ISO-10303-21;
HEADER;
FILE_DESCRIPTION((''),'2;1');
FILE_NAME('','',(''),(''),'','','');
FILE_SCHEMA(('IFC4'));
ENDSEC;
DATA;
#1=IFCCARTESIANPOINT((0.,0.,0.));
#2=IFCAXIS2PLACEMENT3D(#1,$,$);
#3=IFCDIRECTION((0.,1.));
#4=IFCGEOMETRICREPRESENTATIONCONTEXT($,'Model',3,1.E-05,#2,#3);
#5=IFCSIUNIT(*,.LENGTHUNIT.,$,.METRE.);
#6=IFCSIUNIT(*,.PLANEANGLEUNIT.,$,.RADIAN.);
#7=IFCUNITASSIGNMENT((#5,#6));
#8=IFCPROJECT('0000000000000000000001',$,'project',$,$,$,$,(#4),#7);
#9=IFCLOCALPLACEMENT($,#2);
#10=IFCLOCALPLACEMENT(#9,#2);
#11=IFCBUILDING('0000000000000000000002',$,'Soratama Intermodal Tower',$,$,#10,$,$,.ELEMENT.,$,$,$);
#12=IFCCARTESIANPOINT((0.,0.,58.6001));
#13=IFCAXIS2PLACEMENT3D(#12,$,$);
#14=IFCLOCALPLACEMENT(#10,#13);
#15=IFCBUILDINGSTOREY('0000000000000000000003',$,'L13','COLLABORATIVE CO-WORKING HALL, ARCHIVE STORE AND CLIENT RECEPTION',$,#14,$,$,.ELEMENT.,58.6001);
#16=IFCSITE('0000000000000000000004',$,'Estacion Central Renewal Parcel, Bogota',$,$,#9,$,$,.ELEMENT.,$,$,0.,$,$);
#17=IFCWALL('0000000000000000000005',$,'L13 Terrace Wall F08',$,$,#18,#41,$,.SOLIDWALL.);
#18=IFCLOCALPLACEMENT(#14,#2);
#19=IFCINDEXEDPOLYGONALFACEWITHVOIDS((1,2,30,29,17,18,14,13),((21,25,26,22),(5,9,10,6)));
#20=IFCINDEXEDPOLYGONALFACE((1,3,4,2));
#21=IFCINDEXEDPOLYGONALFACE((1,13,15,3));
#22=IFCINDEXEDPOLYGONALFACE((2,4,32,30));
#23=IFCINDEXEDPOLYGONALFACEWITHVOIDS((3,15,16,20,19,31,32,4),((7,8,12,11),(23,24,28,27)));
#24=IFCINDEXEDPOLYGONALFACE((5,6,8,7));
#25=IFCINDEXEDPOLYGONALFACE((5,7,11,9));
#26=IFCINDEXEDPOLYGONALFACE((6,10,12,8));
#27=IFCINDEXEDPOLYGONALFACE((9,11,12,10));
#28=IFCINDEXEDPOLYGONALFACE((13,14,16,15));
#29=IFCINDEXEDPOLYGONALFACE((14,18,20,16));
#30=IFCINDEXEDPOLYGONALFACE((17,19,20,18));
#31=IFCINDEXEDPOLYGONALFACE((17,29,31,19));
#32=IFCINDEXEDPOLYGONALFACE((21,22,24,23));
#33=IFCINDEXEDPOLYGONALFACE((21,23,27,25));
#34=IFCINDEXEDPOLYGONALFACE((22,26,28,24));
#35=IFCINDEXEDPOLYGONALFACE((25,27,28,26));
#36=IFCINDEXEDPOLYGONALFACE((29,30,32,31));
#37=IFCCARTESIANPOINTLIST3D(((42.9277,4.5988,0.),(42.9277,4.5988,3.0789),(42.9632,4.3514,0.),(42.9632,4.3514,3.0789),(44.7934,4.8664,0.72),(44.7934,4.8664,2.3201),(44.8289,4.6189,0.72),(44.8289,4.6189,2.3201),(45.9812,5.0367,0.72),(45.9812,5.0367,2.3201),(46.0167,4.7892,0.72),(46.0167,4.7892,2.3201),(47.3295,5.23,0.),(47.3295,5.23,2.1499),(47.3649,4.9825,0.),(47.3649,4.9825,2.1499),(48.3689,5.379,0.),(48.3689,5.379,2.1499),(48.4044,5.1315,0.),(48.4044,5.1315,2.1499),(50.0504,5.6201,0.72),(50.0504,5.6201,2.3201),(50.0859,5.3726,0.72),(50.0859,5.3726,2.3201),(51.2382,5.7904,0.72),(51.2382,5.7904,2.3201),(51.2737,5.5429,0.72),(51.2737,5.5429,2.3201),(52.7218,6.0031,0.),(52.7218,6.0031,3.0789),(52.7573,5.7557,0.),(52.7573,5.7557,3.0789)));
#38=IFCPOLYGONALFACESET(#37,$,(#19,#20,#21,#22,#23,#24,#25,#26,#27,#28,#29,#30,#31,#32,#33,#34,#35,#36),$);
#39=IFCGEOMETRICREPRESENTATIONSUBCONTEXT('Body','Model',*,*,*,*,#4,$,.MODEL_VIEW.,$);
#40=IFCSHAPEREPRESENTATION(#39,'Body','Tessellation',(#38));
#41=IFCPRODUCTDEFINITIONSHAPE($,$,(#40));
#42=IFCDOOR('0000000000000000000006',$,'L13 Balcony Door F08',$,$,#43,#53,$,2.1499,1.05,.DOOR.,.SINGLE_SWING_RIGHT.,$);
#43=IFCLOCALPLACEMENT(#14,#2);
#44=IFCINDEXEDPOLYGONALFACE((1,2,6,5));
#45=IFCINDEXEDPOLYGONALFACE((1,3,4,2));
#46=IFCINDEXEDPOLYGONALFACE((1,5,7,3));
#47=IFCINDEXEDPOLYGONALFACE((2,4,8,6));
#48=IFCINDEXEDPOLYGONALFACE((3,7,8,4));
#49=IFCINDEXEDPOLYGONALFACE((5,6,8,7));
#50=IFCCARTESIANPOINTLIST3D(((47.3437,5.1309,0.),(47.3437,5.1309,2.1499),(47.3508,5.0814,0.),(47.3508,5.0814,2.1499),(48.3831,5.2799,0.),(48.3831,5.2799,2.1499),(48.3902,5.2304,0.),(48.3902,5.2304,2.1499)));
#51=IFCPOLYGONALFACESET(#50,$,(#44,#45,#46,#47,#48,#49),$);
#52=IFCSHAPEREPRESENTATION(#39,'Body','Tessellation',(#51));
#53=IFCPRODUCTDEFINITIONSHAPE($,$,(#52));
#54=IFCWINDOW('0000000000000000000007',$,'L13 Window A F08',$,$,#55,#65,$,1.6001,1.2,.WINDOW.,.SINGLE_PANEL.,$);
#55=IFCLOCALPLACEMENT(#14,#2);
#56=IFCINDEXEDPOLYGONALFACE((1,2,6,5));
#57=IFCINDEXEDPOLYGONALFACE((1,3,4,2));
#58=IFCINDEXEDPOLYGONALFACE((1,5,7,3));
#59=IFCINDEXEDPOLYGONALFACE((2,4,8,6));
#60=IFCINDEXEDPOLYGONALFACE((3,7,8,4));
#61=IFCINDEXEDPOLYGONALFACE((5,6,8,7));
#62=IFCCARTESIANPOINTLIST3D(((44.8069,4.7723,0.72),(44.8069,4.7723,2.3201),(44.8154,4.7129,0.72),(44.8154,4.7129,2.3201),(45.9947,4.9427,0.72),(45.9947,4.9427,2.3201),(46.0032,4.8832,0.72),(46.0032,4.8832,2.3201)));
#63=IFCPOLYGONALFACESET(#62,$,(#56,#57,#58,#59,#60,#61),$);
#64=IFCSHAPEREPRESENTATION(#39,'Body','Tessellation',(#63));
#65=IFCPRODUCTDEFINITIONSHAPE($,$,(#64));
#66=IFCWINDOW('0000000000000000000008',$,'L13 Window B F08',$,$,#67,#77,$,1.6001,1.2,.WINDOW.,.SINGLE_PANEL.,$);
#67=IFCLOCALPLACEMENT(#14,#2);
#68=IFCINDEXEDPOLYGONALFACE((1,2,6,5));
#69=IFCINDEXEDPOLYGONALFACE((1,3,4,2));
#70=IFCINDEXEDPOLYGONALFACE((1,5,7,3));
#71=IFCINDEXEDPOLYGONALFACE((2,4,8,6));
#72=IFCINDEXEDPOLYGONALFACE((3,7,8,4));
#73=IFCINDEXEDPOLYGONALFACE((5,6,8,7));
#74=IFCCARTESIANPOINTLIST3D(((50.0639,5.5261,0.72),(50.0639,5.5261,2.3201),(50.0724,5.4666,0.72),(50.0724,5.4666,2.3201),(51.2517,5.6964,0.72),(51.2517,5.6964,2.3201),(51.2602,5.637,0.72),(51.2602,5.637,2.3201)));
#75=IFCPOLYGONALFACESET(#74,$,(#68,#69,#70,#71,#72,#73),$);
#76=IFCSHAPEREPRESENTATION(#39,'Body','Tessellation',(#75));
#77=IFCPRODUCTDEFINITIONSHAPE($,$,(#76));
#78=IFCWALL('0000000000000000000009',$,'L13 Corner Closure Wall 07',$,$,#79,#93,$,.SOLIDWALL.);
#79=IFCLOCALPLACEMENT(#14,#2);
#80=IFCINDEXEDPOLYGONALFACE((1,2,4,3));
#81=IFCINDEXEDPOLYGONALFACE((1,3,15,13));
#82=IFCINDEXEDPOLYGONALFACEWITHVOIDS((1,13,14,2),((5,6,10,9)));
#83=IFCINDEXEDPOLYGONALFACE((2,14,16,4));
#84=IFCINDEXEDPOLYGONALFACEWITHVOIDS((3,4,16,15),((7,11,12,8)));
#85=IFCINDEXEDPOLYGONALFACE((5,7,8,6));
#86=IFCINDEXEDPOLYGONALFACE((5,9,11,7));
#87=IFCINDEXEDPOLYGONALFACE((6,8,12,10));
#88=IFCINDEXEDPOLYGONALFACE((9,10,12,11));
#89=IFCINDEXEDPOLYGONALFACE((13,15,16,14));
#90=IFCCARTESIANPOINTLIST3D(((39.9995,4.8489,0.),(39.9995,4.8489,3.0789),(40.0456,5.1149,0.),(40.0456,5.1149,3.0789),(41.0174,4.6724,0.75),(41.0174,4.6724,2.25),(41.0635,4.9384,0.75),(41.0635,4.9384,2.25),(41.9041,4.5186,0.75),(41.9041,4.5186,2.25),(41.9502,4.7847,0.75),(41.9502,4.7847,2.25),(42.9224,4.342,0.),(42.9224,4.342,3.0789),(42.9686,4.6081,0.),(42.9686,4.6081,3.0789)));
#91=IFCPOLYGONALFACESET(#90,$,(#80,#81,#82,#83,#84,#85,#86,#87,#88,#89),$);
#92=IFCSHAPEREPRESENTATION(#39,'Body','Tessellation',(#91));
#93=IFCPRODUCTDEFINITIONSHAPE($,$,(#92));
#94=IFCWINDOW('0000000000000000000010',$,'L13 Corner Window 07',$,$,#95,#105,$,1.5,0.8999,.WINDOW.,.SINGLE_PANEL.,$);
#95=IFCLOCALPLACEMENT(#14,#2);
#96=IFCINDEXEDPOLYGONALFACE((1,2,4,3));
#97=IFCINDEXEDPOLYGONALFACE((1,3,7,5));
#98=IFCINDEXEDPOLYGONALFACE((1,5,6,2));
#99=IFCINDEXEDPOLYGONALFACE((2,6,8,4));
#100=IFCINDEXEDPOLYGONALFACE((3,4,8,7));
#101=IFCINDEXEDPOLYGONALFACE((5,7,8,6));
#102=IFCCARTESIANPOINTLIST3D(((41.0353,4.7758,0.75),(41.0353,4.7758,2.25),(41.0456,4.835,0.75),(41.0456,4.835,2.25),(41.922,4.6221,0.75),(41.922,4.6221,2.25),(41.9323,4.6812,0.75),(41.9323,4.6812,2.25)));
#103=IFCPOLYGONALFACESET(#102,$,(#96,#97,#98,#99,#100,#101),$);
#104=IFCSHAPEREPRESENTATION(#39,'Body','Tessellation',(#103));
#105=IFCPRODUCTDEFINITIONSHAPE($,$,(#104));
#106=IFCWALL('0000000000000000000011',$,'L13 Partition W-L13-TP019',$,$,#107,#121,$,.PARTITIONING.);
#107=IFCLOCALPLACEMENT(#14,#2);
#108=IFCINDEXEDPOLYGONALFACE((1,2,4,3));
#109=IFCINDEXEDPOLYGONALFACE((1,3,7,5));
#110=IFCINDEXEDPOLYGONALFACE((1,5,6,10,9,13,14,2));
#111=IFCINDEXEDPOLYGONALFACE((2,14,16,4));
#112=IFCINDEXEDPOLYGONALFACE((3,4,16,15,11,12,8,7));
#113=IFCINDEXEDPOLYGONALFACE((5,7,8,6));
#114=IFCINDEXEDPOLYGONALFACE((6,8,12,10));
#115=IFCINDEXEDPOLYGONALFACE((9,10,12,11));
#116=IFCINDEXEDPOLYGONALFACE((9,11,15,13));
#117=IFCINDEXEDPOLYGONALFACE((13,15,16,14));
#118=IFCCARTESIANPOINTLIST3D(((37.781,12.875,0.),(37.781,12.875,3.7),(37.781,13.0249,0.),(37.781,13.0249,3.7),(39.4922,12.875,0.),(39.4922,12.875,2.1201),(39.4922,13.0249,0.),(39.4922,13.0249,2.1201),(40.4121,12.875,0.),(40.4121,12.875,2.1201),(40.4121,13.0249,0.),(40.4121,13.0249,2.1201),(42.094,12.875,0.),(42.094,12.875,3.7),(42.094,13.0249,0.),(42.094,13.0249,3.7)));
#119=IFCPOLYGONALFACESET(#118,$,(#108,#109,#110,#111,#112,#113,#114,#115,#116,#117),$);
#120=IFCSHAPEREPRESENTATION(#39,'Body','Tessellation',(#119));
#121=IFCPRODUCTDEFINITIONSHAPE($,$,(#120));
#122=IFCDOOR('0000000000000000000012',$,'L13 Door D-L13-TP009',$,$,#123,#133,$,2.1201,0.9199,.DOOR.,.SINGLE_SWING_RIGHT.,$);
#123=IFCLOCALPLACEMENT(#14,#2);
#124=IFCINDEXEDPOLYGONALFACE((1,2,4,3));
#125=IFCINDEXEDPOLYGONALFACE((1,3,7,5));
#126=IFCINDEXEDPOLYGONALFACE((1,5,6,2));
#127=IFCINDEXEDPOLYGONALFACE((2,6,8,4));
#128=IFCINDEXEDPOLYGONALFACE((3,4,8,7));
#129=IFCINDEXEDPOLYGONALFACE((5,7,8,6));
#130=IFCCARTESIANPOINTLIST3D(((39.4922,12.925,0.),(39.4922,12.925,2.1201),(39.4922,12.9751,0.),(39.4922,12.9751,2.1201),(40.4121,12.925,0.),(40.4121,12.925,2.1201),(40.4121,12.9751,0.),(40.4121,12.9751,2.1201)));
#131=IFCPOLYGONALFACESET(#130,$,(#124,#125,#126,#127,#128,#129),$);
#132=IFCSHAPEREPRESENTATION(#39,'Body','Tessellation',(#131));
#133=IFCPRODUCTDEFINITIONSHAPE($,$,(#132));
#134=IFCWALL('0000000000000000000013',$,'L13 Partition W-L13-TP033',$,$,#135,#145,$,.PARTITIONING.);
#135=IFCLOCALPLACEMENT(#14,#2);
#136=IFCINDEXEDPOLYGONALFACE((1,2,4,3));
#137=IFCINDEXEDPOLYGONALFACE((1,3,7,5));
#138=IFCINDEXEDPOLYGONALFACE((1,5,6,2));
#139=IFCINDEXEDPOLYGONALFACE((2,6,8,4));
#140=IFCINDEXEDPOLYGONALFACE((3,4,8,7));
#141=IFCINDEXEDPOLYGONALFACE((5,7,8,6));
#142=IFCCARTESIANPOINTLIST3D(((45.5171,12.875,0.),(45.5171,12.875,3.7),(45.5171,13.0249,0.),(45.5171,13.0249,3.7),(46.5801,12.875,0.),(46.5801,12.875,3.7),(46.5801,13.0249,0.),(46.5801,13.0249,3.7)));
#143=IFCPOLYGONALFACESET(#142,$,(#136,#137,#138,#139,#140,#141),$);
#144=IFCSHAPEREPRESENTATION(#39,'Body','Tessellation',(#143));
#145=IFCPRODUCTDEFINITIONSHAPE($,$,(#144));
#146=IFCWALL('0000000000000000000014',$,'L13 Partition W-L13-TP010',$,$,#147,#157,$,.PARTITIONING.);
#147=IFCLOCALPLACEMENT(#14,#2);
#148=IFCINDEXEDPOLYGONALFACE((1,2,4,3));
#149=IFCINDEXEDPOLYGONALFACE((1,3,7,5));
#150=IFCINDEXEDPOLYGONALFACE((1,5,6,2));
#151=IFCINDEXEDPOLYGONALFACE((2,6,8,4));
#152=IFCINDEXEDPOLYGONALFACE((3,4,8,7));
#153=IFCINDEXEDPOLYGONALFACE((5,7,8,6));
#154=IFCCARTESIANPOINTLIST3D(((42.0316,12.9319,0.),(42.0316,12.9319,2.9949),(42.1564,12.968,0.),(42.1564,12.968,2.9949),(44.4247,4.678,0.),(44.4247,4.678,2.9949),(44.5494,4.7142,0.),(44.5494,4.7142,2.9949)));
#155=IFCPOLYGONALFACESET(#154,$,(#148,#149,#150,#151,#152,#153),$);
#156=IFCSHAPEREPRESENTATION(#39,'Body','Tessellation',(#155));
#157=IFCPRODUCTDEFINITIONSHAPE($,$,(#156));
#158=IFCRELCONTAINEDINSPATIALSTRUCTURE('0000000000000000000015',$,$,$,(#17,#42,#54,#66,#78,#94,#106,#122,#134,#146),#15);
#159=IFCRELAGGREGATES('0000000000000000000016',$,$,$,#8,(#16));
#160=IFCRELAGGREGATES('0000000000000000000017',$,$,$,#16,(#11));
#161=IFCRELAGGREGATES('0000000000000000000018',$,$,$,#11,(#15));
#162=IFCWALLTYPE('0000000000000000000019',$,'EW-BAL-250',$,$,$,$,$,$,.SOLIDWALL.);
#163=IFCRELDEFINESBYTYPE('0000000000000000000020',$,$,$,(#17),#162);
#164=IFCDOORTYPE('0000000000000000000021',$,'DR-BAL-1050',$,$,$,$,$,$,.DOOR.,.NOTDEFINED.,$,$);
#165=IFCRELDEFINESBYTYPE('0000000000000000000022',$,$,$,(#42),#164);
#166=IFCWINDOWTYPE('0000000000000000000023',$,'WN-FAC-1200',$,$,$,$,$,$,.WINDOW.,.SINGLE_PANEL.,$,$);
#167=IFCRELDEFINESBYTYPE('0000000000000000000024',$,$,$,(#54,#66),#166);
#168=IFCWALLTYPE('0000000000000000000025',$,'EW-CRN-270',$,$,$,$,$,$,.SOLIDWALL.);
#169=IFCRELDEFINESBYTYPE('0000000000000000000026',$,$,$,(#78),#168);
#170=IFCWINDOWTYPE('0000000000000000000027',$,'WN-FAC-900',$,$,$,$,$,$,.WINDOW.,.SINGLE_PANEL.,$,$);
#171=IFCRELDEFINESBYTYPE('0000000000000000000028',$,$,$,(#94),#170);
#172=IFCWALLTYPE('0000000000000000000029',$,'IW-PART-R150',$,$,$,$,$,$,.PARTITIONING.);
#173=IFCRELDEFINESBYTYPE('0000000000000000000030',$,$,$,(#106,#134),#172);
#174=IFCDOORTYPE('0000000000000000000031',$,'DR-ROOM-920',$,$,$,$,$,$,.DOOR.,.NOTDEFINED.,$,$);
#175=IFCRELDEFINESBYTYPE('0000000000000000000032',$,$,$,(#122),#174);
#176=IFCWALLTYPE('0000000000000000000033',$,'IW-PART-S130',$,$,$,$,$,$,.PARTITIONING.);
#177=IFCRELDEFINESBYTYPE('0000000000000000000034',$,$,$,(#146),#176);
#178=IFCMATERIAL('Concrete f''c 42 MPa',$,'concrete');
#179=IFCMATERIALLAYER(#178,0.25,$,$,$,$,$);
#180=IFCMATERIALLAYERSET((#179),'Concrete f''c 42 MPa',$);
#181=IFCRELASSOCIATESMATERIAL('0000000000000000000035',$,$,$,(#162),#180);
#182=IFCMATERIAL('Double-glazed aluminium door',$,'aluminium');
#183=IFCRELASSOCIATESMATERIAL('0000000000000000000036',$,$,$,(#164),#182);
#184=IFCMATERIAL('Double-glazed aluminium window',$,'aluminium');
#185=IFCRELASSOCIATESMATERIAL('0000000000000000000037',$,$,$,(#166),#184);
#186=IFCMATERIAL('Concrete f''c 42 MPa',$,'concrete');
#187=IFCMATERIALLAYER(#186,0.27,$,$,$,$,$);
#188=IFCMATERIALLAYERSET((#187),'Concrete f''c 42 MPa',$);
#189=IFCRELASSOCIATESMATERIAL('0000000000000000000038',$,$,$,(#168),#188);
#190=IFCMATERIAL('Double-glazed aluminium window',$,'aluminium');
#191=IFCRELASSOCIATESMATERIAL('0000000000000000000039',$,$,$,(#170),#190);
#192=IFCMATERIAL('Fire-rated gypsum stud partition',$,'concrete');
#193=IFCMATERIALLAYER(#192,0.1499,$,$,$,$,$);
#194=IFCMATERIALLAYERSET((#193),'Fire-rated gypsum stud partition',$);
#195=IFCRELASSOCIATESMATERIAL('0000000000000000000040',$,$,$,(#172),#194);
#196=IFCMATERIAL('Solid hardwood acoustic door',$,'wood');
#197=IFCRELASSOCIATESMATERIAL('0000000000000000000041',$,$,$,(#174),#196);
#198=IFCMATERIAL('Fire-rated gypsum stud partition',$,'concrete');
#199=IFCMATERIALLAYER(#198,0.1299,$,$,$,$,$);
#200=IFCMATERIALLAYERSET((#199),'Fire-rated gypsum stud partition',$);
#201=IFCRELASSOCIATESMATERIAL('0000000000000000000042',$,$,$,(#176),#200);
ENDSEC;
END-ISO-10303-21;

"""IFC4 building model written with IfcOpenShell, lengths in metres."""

from ifc_helpers import new_model, si_unit, direction, frame, frame_2d, origin, place, context, subcontext, project, spatial, rectangle, extrude, material, layer, layer_set, type_object, element, fill, save


model = new_model("IFC4")

# Units and contexts
model_context = context("Model", 3, precision=1e-05, world=origin(), true_north=direction((0.0, 1.0)))
body_context = subcontext(model_context, "Body", "Model", "MODEL_VIEW")
ifc_project = project(units=[si_unit("LENGTHUNIT", "METRE"), si_unit("PLANEANGLEUNIT", "RADIAN")], contexts=[model_context])

# Site, building, storey
site_placement = place(None, origin())
site = spatial("IfcSite", under=ifc_project, at=site_placement, Name="Estacion Central Renewal Parcel, Bogota", CompositionType="ELEMENT", RefElevation=0.0)
building_placement = place(site_placement, origin())
building = spatial("IfcBuilding", under=site, at=building_placement, Name="Soratama Intermodal Tower", CompositionType="ELEMENT")
storey_placement = place(building_placement, frame((0.0, 0.0, 58.6001)))
storey = spatial("IfcBuildingStorey", under=building, at=storey_placement, Name="L13", Description="COLLABORATIVE CO-WORKING HALL, ARCHIVE STORE AND CLIENT RECEPTION", CompositionType="ELEMENT", Elevation=58.6001)

# Wall, openings, door, windows
ifc_material_1 = material(Name="Concrete f'c 42 MPa", Category="concrete")
ifc_layer_1 = layer(ifc_material_1, 0.25)
ifc_layer_set_1 = layer_set([ifc_layer_1], Name="Concrete f'c 42 MPa")
wall_type_1 = type_object("IfcWallType", Name="EW-BAL-250", PredefinedType="SOLIDWALL", material=ifc_layer_set_1)
wall_1_placement = place(storey_placement, frame((42.9453, 4.4751, 0.0), z_axis=(0.0, 0.0, 1.0), x_axis=(0.989877, 0.141929, 0.0)))
wall_1 = element("IfcWall", 1, at=wall_1_placement, inside=storey, type_object=wall_type_1, Name="L13 Terrace Wall F08", PredefinedType="SOLIDWALL", context=body_context, shape_type="SweptSolid", body=[
    extrude(rectangle(XDim=9.8943, YDim=0.25, at=frame_2d((4.9473, 0.0))), origin(), (0.0, 0.0, 1.0), 3.0789),
])
opening_1_placement = place(wall_1_placement, frame((4.447, 0.0, 0.0)))
opening_1 = element("IfcOpeningElement", 2, at=opening_1_placement, cuts=wall_1, PredefinedType="OPENING", context=body_context, shape_type="SweptSolid", body=[
    extrude(rectangle(XDim=1.05, YDim=2.1499, at=frame_2d((0.5249, 1.075))), frame((0.0, 0.135, 0.0), z_axis=(0.0, -1.0, 0.0), x_axis=(1.0, 0.0, 0.0)), (0.0, 0.0, 1.0), 0.27),
])
opening_2_placement = place(wall_1_placement, frame((1.8848, 0.0, 0.72)))
opening_2 = element("IfcOpeningElement", 3, at=opening_2_placement, cuts=wall_1, PredefinedType="OPENING", context=body_context, shape_type="SweptSolid", body=[
    extrude(rectangle(XDim=1.2, YDim=1.6001, at=frame_2d((0.6001, 0.8))), frame((0.0, 0.135, 0.0), z_axis=(0.0, -1.0, 0.0), x_axis=(1.0, 0.0, 0.0)), (0.0, 0.0, 1.0), 0.27),
])
opening_3_placement = place(wall_1_placement, frame((7.1956, 0.0, 0.72)))
opening_3 = element("IfcOpeningElement", 4, at=opening_3_placement, cuts=wall_1, PredefinedType="OPENING", context=body_context, shape_type="SweptSolid", body=[
    extrude(rectangle(XDim=1.2, YDim=1.6001, at=frame_2d((0.6001, 0.8))), frame((0.0, 0.135, 0.0), z_axis=(0.0, -1.0, 0.0), x_axis=(1.0, 0.0, 0.0)), (0.0, 0.0, 1.0), 0.27),
])
ifc_material_2 = material(Name="Double-glazed aluminium door", Category="aluminium")
door_type_1 = type_object("IfcDoorType", Name="DR-BAL-1050", OperationType="NOTDEFINED", PredefinedType="DOOR", material=ifc_material_2)
door_1_placement = place(opening_1_placement, origin())
door_1 = element("IfcDoor", 5, at=door_1_placement, inside=storey, type_object=door_type_1, Name="L13 Balcony Door F08", OperationType="SINGLE_SWING_RIGHT", OverallHeight=2.1499, OverallWidth=1.05, PredefinedType="DOOR", context=body_context, shape_type="SweptSolid", body=[
    extrude(rectangle(XDim=1.05, YDim=2.1499, at=frame_2d((0.5249, 1.075))), frame((0.0, 0.0249, 0.0), z_axis=(0.0, -1.0, 0.0), x_axis=(1.0, 0.0, 0.0)), (0.0, 0.0, 1.0), 0.05),
])
fill(opening_1, door_1)
ifc_material_3 = material(Name="Double-glazed aluminium window", Category="aluminium")
window_type_1 = type_object("IfcWindowType", Name="WN-FAC-1200", PartitioningType="SINGLE_PANEL", PredefinedType="WINDOW", material=ifc_material_3)
window_1_placement = place(opening_2_placement, origin())
window_1 = element("IfcWindow", 6, at=window_1_placement, inside=storey, type_object=window_type_1, Name="L13 Window A F08", OverallHeight=1.6001, OverallWidth=1.2, PartitioningType="SINGLE_PANEL", PredefinedType="WINDOW", context=body_context, shape_type="SweptSolid", body=[
    extrude(rectangle(XDim=1.2, YDim=1.6001, at=frame_2d((0.6001, 0.8))), frame((0.0, 0.03, 0.0), z_axis=(0.0, -1.0, 0.0), x_axis=(1.0, 0.0, 0.0)), (0.0, 0.0, 1.0), 0.0601),
])
fill(opening_2, window_1)
window_2_placement = place(opening_3_placement, origin())
window_2 = element("IfcWindow", 7, at=window_2_placement, inside=storey, type_object=window_type_1, Name="L13 Window B F08", OverallHeight=1.6001, OverallWidth=1.2, PartitioningType="SINGLE_PANEL", PredefinedType="WINDOW", context=body_context, shape_type="SweptSolid", body=[
    extrude(rectangle(XDim=1.2, YDim=1.6001, at=frame_2d((0.6001, 0.8))), frame((0.0, 0.03, 0.0), z_axis=(0.0, -1.0, 0.0), x_axis=(1.0, 0.0, 0.0)), (0.0, 0.0, 1.0), 0.0601),
])
fill(opening_3, window_2)

# Wall, opening, window
ifc_material_4 = material(Name="Concrete f'c 42 MPa", Category="concrete")
ifc_layer_2 = layer(ifc_material_4, 0.27)
ifc_layer_set_2 = layer_set([ifc_layer_2], Name="Concrete f'c 42 MPa")
wall_type_2 = type_object("IfcWallType", Name="EW-CRN-270", PredefinedType="SOLIDWALL", material=ifc_layer_set_2)
wall_2_placement = place(storey_placement, frame((40.0225, 4.9819, 0.0), z_axis=(0.0, 0.0, 1.0), x_axis=(0.985296, -0.170855, 0.0)))
wall_2 = element("IfcWall", 8, at=wall_2_placement, inside=storey, type_object=wall_type_2, Name="L13 Corner Closure Wall 07", PredefinedType="SOLIDWALL", context=body_context, shape_type="SweptSolid", body=[
    extrude(rectangle(XDim=2.9666, YDim=0.27, at=frame_2d((1.4834, 0.0))), origin(), (0.0, 0.0, 1.0), 3.0789),
])
opening_4_placement = place(wall_2_placement, frame((1.0332, 0.0, 0.75)))
opening_4 = element("IfcOpeningElement", 9, at=opening_4_placement, cuts=wall_2, PredefinedType="OPENING", context=body_context, shape_type="SweptSolid", body=[
    extrude(rectangle(XDim=0.8999, YDim=1.5, at=frame_2d((0.45, 0.75))), frame((0.0, 0.145, 0.0), z_axis=(0.0, -1.0, 0.0), x_axis=(1.0, 0.0, 0.0)), (0.0, 0.0, 1.0), 0.29),
])
ifc_material_5 = material(Name="Double-glazed aluminium window", Category="aluminium")
window_type_2 = type_object("IfcWindowType", Name="WN-FAC-900", PartitioningType="SINGLE_PANEL", PredefinedType="WINDOW", material=ifc_material_5)
window_3_placement = place(opening_4_placement, origin())
window_3 = element("IfcWindow", 10, at=window_3_placement, inside=storey, type_object=window_type_2, Name="L13 Corner Window 07", OverallHeight=1.5, OverallWidth=0.8999, PartitioningType="SINGLE_PANEL", PredefinedType="WINDOW", context=body_context, shape_type="SweptSolid", body=[
    extrude(rectangle(XDim=0.8999, YDim=1.5, at=frame_2d((0.45, 0.75))), frame((0.0, 0.03, 0.0), z_axis=(0.0, -1.0, 0.0), x_axis=(1.0, 0.0, 0.0)), (0.0, 0.0, 1.0), 0.0601),
])
fill(opening_4, window_3)

# Wall, opening, door
ifc_material_6 = material(Name="Fire-rated gypsum stud partition", Category="concrete")
ifc_layer_3 = layer(ifc_material_6, 0.1499)
ifc_layer_set_3 = layer_set([ifc_layer_3], Name="Fire-rated gypsum stud partition")
wall_type_3 = type_object("IfcWallType", Name="IW-PART-R150", PredefinedType="PARTITIONING", material=ifc_layer_set_3)
wall_3_placement = place(storey_placement, frame((42.094, 12.95, 0.0), z_axis=(0.0, 0.0, 1.0), x_axis=(-1.0, 0.0, 0.0)))
wall_3 = element("IfcWall", 11, at=wall_3_placement, inside=storey, type_object=wall_type_3, Name="L13 Partition W-L13-TP019", PredefinedType="PARTITIONING", context=body_context, shape_type="SweptSolid", body=[
    extrude(rectangle(XDim=4.313, YDim=0.1499, at=frame_2d((2.1565, 0.0))), origin(), (0.0, 0.0, 1.0), 3.7),
])
opening_5_placement = place(wall_3_placement, frame((1.6819, 0.0, 0.0)))
opening_5 = element("IfcOpeningElement", 12, at=opening_5_placement, cuts=wall_3, PredefinedType="OPENING", context=body_context, shape_type="SweptSolid", body=[
    extrude(rectangle(XDim=0.9199, YDim=2.1201, at=frame_2d((0.46, 1.0601))), frame((0.0, 0.085, 0.0), z_axis=(0.0, -1.0, 0.0), x_axis=(1.0, 0.0, 0.0)), (0.0, 0.0, 1.0), 0.1699),
])
ifc_material_7 = material(Name="Solid hardwood acoustic door", Category="wood")
door_type_2 = type_object("IfcDoorType", Name="DR-ROOM-920", OperationType="NOTDEFINED", PredefinedType="DOOR", material=ifc_material_7)
door_2_placement = place(opening_5_placement, origin())
door_2 = element("IfcDoor", 13, at=door_2_placement, inside=storey, type_object=door_type_2, Name="L13 Door D-L13-TP009", OperationType="SINGLE_SWING_RIGHT", OverallHeight=2.1201, OverallWidth=0.9199, PredefinedType="DOOR", context=body_context, shape_type="SweptSolid", body=[
    extrude(rectangle(XDim=0.9199, YDim=2.1201, at=frame_2d((0.46, 1.0601))), frame((0.0, 0.0249, 0.0), z_axis=(0.0, -1.0, 0.0), x_axis=(1.0, 0.0, 0.0)), (0.0, 0.0, 1.0), 0.05),
])
fill(opening_5, door_2)

# Walls
wall_4_placement = place(storey_placement, frame((46.5801, 12.95, 0.0), z_axis=(0.0, 0.0, 1.0), x_axis=(-1.0, 0.0, 0.0)))
element("IfcWall", 14, at=wall_4_placement, inside=storey, type_object=wall_type_3, Name="L13 Partition W-L13-TP033", PredefinedType="PARTITIONING", context=body_context, shape_type="SweptSolid", body=[
    extrude(rectangle(XDim=1.063, YDim=0.1499, at=frame_2d((0.5315, 0.0))), origin(), (0.0, 0.0, 1.0), 3.7),
])
ifc_material_8 = material(Name="Fire-rated gypsum stud partition", Category="concrete")
ifc_layer_4 = layer(ifc_material_8, 0.1299)
ifc_layer_set_4 = layer_set([ifc_layer_4], Name="Fire-rated gypsum stud partition")
wall_type_4 = type_object("IfcWallType", Name="IW-PART-S130", PredefinedType="PARTITIONING", material=ifc_layer_set_4)
wall_5_placement = place(storey_placement, frame((42.094, 12.95, 0.0), z_axis=(0.0, 0.0, 1.0), x_axis=(0.278464, -0.960447, 0.0)))
element("IfcWall", 15, at=wall_5_placement, inside=storey, type_object=wall_type_4, Name="L13 Partition W-L13-TP010", PredefinedType="PARTITIONING", context=body_context, shape_type="SweptSolid", body=[
    extrude(rectangle(XDim=8.5938, YDim=0.1299, at=frame_2d((4.2969, 0.0))), origin(), (0.0, 0.0, 1.0), 2.9949),
])

save(model, "model.ifc")
